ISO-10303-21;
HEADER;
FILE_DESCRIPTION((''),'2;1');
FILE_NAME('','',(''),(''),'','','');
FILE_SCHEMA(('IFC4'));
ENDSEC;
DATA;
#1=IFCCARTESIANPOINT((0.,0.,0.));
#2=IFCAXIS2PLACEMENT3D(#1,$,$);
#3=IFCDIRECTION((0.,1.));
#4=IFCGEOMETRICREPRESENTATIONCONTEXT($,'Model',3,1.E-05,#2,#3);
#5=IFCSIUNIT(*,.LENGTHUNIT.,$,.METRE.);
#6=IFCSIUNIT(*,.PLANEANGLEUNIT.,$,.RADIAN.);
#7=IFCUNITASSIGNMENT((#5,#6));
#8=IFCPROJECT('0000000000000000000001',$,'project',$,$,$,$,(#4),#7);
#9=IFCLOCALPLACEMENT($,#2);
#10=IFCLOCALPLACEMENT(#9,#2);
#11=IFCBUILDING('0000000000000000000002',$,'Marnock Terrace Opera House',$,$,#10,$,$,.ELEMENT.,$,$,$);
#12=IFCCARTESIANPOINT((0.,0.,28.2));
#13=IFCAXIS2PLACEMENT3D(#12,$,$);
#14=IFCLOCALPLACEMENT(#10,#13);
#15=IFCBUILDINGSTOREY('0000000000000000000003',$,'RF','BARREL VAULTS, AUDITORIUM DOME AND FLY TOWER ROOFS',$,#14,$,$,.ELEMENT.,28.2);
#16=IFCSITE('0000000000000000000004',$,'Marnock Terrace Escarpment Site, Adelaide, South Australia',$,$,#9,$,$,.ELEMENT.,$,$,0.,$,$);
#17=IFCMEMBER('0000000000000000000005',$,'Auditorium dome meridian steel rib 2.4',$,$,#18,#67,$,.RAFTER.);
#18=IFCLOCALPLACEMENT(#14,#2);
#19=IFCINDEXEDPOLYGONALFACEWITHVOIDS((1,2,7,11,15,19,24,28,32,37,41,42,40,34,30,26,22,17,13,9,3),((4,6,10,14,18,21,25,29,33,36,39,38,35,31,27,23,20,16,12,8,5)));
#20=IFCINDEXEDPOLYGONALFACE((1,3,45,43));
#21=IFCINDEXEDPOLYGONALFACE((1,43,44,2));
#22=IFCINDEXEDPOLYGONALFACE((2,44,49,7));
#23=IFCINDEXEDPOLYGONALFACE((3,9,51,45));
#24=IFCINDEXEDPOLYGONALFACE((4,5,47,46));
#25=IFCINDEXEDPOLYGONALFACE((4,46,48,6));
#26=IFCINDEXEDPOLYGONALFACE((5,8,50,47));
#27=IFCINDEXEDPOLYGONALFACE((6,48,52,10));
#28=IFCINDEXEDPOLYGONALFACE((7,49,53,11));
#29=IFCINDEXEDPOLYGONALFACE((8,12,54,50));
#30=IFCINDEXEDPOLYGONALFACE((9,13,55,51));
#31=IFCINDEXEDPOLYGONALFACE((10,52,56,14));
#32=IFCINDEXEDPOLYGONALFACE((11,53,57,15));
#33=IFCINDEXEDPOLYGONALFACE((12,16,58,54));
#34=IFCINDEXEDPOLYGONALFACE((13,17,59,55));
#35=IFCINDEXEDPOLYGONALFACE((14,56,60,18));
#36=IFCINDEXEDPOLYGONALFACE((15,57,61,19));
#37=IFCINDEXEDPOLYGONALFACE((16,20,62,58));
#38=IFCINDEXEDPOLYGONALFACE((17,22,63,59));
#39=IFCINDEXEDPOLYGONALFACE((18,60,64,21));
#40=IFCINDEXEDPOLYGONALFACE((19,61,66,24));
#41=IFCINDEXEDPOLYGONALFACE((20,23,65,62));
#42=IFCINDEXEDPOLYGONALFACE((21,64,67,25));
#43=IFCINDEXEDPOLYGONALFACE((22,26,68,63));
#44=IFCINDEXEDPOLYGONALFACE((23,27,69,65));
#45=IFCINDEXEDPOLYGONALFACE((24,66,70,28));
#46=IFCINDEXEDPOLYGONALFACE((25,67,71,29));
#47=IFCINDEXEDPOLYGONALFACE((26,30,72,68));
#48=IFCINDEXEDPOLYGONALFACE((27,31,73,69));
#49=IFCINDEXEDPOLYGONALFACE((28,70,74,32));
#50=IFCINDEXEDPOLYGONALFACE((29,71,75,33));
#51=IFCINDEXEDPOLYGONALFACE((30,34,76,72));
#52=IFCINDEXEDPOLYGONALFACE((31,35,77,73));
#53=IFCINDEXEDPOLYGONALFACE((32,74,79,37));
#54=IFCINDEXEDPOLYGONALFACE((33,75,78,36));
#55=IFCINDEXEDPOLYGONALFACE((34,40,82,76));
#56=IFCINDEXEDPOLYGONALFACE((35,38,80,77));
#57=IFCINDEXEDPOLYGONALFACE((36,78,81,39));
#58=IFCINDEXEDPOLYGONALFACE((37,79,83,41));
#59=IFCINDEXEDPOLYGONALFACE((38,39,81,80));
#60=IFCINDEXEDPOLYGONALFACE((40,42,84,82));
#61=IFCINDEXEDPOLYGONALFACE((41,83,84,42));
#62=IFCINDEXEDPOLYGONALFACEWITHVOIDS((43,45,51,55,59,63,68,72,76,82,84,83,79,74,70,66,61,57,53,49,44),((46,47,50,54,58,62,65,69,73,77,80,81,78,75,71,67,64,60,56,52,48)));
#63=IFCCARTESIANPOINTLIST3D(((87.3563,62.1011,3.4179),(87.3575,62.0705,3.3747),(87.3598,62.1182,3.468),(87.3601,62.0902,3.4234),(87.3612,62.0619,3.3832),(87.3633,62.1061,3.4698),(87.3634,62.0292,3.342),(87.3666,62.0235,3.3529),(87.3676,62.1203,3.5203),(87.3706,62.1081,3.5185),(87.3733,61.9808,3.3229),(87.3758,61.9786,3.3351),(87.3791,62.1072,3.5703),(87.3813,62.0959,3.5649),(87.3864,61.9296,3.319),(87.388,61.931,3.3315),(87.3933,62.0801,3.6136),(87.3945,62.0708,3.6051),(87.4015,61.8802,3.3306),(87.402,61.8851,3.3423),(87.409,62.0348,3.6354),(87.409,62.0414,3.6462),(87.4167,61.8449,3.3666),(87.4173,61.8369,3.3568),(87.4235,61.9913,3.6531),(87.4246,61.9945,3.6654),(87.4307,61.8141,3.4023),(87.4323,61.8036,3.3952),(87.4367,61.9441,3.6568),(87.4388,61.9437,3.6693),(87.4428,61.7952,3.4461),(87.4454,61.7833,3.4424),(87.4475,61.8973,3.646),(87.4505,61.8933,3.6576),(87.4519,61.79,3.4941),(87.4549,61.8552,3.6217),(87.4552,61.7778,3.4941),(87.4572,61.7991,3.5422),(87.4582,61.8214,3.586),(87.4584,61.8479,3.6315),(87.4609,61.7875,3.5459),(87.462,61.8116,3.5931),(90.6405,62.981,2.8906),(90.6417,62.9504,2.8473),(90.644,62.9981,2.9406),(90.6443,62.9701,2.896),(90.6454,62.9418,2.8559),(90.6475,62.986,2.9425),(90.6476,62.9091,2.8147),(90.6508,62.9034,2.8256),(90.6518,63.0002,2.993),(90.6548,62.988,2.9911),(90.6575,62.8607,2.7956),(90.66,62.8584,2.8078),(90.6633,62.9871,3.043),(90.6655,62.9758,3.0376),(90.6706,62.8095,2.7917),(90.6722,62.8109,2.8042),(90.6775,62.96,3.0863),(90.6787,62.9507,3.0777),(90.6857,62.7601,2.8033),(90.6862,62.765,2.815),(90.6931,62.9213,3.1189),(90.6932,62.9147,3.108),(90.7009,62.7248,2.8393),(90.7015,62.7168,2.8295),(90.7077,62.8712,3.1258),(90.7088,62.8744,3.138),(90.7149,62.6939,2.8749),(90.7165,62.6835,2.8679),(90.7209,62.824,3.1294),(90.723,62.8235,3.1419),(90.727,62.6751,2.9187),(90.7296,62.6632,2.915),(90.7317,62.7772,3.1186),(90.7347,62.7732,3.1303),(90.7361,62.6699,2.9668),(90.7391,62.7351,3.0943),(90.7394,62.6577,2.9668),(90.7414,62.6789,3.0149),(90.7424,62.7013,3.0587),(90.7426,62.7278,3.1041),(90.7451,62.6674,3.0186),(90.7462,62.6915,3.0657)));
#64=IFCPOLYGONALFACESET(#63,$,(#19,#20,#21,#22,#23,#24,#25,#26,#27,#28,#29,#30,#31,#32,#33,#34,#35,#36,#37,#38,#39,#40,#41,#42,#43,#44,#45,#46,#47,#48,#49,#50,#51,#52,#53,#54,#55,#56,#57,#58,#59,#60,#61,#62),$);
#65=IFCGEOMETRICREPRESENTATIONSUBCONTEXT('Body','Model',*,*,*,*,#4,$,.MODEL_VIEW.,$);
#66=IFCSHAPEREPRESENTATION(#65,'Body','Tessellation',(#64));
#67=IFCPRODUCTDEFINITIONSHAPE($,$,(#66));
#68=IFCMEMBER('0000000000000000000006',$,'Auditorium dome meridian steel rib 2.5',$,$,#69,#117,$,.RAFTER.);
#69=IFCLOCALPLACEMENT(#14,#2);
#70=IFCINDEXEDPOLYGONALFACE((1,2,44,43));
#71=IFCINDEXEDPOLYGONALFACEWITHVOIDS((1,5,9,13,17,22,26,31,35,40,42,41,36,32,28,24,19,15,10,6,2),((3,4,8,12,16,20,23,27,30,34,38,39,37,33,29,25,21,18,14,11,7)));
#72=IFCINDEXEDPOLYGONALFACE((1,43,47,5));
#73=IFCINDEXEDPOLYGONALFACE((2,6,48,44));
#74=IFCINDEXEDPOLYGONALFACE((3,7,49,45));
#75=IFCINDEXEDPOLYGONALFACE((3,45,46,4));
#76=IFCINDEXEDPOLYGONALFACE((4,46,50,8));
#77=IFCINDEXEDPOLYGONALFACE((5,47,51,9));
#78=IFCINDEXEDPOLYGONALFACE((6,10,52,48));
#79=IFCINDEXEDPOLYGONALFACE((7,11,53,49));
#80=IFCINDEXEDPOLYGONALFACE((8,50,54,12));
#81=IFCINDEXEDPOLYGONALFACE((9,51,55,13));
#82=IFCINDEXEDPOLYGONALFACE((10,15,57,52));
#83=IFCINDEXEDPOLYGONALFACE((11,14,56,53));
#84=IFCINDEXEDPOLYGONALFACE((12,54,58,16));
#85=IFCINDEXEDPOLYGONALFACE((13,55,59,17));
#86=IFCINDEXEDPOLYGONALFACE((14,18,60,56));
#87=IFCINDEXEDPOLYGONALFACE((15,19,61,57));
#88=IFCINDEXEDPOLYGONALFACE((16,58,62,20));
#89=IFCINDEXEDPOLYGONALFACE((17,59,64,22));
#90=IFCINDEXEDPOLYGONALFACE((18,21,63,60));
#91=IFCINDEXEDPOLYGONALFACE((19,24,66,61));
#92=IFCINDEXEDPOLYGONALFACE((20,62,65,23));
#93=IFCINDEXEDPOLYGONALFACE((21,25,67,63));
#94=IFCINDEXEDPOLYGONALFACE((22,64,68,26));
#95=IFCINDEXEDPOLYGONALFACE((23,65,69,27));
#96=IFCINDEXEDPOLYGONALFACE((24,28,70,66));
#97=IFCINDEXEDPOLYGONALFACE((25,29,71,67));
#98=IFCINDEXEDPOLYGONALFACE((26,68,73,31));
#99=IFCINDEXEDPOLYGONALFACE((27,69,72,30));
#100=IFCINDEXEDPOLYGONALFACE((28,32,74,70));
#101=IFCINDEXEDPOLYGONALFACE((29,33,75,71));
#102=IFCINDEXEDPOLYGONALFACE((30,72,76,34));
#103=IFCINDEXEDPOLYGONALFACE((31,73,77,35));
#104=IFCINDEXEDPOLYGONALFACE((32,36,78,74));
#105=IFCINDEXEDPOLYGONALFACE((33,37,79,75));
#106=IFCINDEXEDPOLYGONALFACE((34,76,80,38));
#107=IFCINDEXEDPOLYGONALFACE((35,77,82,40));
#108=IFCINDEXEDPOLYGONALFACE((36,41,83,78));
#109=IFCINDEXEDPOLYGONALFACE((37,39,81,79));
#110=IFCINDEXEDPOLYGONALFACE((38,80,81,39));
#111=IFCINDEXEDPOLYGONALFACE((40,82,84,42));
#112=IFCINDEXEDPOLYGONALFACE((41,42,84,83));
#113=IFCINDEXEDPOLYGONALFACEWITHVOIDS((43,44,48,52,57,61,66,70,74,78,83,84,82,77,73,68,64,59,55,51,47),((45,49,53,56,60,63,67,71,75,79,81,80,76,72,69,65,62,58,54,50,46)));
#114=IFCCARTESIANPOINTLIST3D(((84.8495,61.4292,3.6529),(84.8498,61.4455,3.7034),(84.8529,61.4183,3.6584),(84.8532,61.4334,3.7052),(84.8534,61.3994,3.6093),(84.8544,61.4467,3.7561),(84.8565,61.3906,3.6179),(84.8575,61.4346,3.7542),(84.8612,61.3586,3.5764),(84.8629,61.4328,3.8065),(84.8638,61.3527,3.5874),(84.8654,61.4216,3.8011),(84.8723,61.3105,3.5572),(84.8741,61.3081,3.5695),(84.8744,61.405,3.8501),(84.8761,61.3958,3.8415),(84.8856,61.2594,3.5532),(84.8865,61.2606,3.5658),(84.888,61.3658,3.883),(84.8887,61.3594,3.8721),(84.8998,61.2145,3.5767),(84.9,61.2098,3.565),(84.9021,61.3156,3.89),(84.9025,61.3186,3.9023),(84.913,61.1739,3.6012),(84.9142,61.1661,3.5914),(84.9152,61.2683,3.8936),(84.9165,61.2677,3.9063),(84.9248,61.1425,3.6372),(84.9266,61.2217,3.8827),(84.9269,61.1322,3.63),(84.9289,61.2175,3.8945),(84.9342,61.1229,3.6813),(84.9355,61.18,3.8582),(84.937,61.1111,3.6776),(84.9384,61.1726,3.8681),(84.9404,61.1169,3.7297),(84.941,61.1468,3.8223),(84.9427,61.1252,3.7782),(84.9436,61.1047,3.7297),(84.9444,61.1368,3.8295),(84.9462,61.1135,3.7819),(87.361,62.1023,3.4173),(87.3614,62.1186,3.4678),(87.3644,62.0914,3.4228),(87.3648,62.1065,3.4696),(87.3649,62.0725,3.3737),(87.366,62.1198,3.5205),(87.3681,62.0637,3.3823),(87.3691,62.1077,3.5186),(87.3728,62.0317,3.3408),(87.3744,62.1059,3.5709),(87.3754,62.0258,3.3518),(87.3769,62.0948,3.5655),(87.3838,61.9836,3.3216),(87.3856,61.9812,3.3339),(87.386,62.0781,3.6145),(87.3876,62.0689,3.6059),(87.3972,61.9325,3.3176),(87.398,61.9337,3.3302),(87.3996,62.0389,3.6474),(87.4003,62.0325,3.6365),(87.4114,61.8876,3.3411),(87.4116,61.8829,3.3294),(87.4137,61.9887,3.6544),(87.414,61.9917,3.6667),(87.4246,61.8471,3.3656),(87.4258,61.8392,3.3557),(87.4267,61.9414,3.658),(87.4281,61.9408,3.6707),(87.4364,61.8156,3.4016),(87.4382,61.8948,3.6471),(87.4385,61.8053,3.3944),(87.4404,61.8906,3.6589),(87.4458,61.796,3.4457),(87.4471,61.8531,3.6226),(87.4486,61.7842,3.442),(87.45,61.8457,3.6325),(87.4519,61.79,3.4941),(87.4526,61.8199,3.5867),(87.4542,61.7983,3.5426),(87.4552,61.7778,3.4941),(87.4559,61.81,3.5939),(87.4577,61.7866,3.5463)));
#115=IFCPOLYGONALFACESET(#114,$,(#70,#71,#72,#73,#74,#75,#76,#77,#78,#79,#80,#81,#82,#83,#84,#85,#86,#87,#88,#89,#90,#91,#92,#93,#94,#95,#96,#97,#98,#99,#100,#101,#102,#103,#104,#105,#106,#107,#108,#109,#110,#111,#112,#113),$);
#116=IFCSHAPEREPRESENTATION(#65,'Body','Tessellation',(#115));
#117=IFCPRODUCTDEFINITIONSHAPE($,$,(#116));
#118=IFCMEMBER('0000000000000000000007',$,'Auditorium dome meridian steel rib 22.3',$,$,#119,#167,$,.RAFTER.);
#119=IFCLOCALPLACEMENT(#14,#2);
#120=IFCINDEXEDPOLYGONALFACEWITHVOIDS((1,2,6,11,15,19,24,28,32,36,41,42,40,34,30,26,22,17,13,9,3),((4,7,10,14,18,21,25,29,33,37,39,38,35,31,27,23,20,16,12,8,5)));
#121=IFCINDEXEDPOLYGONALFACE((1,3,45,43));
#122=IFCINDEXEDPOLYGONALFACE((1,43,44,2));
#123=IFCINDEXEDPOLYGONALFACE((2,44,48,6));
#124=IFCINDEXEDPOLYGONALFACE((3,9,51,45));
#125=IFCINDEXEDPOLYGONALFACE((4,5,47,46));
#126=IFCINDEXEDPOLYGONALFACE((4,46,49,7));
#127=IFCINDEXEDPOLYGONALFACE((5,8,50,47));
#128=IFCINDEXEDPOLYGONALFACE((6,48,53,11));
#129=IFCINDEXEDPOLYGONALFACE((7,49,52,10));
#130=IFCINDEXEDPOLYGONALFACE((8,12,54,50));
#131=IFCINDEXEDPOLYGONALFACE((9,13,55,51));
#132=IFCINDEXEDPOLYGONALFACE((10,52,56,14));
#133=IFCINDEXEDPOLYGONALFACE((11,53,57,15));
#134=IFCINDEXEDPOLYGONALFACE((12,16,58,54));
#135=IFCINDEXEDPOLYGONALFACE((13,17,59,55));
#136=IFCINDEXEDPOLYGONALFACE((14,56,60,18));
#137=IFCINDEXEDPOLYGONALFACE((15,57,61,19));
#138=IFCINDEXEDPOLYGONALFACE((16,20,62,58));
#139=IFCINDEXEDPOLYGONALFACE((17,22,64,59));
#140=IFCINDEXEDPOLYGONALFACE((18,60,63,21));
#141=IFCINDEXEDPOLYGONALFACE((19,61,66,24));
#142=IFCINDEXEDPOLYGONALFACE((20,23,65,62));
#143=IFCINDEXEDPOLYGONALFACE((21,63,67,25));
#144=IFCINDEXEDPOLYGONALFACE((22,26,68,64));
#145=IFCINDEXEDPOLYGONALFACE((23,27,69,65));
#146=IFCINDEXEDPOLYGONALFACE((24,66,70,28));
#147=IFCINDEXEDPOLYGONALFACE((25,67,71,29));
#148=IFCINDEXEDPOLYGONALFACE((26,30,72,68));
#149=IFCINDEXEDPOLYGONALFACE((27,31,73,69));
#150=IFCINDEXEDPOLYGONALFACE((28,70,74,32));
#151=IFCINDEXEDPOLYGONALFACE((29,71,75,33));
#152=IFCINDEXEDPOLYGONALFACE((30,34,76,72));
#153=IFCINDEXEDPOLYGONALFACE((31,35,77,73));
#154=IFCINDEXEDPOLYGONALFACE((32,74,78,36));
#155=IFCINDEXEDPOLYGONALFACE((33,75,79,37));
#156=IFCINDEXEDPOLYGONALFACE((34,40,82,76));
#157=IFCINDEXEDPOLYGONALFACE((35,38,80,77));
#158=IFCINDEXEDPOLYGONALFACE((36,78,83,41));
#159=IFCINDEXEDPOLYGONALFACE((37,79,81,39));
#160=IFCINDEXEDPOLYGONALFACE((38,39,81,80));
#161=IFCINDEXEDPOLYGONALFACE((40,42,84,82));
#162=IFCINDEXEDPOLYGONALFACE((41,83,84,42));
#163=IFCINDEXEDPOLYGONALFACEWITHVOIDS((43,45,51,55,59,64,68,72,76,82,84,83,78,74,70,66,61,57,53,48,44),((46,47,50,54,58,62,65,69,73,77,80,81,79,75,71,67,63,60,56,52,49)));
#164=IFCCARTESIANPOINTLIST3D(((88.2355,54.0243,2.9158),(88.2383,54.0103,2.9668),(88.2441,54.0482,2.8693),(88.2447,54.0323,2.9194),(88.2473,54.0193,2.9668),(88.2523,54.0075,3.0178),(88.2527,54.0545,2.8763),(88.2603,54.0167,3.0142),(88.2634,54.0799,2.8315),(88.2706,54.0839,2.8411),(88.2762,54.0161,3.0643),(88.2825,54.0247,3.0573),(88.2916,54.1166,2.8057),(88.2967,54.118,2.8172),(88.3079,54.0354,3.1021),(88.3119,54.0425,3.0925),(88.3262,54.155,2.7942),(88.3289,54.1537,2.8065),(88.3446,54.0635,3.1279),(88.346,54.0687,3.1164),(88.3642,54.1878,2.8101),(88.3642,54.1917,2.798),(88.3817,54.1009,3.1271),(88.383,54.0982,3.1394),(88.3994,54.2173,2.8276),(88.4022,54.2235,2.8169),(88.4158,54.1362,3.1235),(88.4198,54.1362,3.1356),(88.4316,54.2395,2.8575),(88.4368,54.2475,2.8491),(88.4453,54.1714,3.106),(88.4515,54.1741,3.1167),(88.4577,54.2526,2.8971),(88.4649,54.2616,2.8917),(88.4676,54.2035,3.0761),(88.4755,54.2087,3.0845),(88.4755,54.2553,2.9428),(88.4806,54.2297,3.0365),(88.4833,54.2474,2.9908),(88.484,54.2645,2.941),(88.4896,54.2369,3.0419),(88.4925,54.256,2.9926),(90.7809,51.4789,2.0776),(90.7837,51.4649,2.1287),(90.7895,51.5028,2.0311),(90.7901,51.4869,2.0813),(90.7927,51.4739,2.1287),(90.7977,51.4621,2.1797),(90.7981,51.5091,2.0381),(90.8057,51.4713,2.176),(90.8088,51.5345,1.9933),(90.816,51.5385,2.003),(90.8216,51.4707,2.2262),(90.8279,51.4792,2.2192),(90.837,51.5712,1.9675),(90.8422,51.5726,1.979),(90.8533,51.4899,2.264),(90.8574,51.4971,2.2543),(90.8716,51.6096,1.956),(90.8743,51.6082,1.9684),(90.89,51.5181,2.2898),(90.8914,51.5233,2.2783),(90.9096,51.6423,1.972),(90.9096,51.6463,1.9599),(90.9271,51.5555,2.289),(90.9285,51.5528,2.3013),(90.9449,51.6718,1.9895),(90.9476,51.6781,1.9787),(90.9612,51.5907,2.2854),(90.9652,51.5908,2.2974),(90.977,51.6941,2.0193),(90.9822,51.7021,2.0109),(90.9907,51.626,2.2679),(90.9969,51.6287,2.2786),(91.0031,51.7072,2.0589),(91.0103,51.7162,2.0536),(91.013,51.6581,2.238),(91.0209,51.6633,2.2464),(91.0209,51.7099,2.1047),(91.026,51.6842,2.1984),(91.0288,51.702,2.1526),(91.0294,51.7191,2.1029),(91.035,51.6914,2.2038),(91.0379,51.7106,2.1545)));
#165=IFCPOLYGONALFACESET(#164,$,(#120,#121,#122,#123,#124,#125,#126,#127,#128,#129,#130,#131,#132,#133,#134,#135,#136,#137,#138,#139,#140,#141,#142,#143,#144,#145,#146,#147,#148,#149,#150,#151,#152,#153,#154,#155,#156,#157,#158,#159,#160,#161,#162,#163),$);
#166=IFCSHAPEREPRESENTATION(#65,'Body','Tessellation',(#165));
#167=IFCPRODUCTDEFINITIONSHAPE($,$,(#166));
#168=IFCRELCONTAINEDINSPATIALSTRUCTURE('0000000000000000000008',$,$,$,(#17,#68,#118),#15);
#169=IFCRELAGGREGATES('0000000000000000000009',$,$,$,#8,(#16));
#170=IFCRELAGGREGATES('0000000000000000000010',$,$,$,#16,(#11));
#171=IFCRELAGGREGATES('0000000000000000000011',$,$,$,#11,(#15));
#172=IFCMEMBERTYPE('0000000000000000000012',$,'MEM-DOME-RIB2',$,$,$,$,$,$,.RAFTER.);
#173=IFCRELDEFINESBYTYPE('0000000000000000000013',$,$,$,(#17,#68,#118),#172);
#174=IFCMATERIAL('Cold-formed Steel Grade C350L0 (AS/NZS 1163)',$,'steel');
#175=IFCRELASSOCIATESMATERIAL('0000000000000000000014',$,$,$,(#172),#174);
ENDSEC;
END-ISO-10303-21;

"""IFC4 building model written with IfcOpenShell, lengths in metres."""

from ifc_helpers import new_model, si_unit, direction, frame, origin, origin_2d, place, context, subcontext, project, spatial, hollow_circle, extrude, material, material_profile, profile_set, type_object, element, save


model = new_model("IFC4")

# Units and contexts
model_context = context("Model", 3, precision=1e-05, world=origin(), true_north=direction((0.0, 1.0)))
body_context = subcontext(model_context, "Body", "Model", "MODEL_VIEW")
ifc_project = project(units=[si_unit("LENGTHUNIT", "METRE"), si_unit("PLANEANGLEUNIT", "RADIAN")], contexts=[model_context])

# Site, building, storey
site_placement = place(None, origin())
site = spatial("IfcSite", under=ifc_project, at=site_placement, Name="Marnock Terrace Escarpment Site, Adelaide, South Australia", CompositionType="ELEMENT", RefElevation=0.0)
building_placement = place(site_placement, origin())
building = spatial("IfcBuilding", under=site, at=building_placement, Name="Marnock Terrace Opera House", CompositionType="ELEMENT")
storey_placement = place(building_placement, frame((0.0, 0.0, 28.2)))
storey = spatial("IfcBuildingStorey", under=building, at=storey_placement, Name="RF", Description="BARREL VAULTS, AUDITORIUM DOME AND FLY TOWER ROOFS", CompositionType="ELEMENT", Elevation=28.2)

# Members
ifc_material_1 = material(Name="Cold-formed Steel Grade C350L0 (AS/NZS 1163)", Category="steel")
ifc_material_profile_1 = material_profile(ifc_material_1, hollow_circle(Radius=0.1777, WallThickness=0.0127, at=origin_2d()))
ifc_profile_set_1 = profile_set([ifc_material_profile_1], Name="Cold-formed Steel Grade C350L0 (AS/NZS 1163)")
member_type_1 = type_object("IfcMemberType", Name="MEM-DOME-RIB2", PredefinedType="RAFTER", material=ifc_profile_set_1)
member_1_placement = place(storey_placement, frame((90.6934, 62.8293, 2.9668), z_axis=(-0.954521, -0.255731, 0.153268), x_axis=(0.258789, -0.965934, 0.0)))
element("IfcMember", 1, at=member_1_placement, inside=storey, type_object=member_type_1, Name="Auditorium dome meridian steel rib 2.4", PredefinedType="RAFTER", context=body_context, shape_type="SweptSolid", body=[
    extrude(hollow_circle(Radius=0.1777, WallThickness=0.0127, at=origin_2d()), origin(), (0.0, 0.0, 1.0), 3.4407),
])
member_2_placement = place(storey_placement, frame((87.4092, 61.9495, 3.4941), z_axis=(-0.961971, -0.257816, 0.09024), x_axis=(0.258872, -0.965912, 0.0)))
element("IfcMember", 2, at=member_2_placement, inside=storey, type_object=member_type_1, Name="Auditorium dome meridian steel rib 2.5", PredefinedType="RAFTER", context=body_context, shape_type="SweptSolid", body=[
    extrude(hollow_circle(Radius=0.1777, WallThickness=0.0127, at=origin_2d()), origin(), (0.0, 0.0, 1.0), 2.6108),
])
member_3_placement = place(storey_placement, frame((90.9094, 51.5906, 2.1287), z_axis=(-0.688686, 0.688686, 0.226766), x_axis=(-0.707107, -0.707107, 0.0)))
element("IfcMember", 3, at=member_3_placement, inside=storey, type_object=member_type_1, Name="Auditorium dome meridian steel rib 22.3", PredefinedType="RAFTER", context=body_context, shape_type="SweptSolid", body=[
    extrude(hollow_circle(Radius=0.1777, WallThickness=0.0127, at=origin_2d()), origin(), (0.0, 0.0, 1.0), 3.696),
])

save(model, "model.ifc")
